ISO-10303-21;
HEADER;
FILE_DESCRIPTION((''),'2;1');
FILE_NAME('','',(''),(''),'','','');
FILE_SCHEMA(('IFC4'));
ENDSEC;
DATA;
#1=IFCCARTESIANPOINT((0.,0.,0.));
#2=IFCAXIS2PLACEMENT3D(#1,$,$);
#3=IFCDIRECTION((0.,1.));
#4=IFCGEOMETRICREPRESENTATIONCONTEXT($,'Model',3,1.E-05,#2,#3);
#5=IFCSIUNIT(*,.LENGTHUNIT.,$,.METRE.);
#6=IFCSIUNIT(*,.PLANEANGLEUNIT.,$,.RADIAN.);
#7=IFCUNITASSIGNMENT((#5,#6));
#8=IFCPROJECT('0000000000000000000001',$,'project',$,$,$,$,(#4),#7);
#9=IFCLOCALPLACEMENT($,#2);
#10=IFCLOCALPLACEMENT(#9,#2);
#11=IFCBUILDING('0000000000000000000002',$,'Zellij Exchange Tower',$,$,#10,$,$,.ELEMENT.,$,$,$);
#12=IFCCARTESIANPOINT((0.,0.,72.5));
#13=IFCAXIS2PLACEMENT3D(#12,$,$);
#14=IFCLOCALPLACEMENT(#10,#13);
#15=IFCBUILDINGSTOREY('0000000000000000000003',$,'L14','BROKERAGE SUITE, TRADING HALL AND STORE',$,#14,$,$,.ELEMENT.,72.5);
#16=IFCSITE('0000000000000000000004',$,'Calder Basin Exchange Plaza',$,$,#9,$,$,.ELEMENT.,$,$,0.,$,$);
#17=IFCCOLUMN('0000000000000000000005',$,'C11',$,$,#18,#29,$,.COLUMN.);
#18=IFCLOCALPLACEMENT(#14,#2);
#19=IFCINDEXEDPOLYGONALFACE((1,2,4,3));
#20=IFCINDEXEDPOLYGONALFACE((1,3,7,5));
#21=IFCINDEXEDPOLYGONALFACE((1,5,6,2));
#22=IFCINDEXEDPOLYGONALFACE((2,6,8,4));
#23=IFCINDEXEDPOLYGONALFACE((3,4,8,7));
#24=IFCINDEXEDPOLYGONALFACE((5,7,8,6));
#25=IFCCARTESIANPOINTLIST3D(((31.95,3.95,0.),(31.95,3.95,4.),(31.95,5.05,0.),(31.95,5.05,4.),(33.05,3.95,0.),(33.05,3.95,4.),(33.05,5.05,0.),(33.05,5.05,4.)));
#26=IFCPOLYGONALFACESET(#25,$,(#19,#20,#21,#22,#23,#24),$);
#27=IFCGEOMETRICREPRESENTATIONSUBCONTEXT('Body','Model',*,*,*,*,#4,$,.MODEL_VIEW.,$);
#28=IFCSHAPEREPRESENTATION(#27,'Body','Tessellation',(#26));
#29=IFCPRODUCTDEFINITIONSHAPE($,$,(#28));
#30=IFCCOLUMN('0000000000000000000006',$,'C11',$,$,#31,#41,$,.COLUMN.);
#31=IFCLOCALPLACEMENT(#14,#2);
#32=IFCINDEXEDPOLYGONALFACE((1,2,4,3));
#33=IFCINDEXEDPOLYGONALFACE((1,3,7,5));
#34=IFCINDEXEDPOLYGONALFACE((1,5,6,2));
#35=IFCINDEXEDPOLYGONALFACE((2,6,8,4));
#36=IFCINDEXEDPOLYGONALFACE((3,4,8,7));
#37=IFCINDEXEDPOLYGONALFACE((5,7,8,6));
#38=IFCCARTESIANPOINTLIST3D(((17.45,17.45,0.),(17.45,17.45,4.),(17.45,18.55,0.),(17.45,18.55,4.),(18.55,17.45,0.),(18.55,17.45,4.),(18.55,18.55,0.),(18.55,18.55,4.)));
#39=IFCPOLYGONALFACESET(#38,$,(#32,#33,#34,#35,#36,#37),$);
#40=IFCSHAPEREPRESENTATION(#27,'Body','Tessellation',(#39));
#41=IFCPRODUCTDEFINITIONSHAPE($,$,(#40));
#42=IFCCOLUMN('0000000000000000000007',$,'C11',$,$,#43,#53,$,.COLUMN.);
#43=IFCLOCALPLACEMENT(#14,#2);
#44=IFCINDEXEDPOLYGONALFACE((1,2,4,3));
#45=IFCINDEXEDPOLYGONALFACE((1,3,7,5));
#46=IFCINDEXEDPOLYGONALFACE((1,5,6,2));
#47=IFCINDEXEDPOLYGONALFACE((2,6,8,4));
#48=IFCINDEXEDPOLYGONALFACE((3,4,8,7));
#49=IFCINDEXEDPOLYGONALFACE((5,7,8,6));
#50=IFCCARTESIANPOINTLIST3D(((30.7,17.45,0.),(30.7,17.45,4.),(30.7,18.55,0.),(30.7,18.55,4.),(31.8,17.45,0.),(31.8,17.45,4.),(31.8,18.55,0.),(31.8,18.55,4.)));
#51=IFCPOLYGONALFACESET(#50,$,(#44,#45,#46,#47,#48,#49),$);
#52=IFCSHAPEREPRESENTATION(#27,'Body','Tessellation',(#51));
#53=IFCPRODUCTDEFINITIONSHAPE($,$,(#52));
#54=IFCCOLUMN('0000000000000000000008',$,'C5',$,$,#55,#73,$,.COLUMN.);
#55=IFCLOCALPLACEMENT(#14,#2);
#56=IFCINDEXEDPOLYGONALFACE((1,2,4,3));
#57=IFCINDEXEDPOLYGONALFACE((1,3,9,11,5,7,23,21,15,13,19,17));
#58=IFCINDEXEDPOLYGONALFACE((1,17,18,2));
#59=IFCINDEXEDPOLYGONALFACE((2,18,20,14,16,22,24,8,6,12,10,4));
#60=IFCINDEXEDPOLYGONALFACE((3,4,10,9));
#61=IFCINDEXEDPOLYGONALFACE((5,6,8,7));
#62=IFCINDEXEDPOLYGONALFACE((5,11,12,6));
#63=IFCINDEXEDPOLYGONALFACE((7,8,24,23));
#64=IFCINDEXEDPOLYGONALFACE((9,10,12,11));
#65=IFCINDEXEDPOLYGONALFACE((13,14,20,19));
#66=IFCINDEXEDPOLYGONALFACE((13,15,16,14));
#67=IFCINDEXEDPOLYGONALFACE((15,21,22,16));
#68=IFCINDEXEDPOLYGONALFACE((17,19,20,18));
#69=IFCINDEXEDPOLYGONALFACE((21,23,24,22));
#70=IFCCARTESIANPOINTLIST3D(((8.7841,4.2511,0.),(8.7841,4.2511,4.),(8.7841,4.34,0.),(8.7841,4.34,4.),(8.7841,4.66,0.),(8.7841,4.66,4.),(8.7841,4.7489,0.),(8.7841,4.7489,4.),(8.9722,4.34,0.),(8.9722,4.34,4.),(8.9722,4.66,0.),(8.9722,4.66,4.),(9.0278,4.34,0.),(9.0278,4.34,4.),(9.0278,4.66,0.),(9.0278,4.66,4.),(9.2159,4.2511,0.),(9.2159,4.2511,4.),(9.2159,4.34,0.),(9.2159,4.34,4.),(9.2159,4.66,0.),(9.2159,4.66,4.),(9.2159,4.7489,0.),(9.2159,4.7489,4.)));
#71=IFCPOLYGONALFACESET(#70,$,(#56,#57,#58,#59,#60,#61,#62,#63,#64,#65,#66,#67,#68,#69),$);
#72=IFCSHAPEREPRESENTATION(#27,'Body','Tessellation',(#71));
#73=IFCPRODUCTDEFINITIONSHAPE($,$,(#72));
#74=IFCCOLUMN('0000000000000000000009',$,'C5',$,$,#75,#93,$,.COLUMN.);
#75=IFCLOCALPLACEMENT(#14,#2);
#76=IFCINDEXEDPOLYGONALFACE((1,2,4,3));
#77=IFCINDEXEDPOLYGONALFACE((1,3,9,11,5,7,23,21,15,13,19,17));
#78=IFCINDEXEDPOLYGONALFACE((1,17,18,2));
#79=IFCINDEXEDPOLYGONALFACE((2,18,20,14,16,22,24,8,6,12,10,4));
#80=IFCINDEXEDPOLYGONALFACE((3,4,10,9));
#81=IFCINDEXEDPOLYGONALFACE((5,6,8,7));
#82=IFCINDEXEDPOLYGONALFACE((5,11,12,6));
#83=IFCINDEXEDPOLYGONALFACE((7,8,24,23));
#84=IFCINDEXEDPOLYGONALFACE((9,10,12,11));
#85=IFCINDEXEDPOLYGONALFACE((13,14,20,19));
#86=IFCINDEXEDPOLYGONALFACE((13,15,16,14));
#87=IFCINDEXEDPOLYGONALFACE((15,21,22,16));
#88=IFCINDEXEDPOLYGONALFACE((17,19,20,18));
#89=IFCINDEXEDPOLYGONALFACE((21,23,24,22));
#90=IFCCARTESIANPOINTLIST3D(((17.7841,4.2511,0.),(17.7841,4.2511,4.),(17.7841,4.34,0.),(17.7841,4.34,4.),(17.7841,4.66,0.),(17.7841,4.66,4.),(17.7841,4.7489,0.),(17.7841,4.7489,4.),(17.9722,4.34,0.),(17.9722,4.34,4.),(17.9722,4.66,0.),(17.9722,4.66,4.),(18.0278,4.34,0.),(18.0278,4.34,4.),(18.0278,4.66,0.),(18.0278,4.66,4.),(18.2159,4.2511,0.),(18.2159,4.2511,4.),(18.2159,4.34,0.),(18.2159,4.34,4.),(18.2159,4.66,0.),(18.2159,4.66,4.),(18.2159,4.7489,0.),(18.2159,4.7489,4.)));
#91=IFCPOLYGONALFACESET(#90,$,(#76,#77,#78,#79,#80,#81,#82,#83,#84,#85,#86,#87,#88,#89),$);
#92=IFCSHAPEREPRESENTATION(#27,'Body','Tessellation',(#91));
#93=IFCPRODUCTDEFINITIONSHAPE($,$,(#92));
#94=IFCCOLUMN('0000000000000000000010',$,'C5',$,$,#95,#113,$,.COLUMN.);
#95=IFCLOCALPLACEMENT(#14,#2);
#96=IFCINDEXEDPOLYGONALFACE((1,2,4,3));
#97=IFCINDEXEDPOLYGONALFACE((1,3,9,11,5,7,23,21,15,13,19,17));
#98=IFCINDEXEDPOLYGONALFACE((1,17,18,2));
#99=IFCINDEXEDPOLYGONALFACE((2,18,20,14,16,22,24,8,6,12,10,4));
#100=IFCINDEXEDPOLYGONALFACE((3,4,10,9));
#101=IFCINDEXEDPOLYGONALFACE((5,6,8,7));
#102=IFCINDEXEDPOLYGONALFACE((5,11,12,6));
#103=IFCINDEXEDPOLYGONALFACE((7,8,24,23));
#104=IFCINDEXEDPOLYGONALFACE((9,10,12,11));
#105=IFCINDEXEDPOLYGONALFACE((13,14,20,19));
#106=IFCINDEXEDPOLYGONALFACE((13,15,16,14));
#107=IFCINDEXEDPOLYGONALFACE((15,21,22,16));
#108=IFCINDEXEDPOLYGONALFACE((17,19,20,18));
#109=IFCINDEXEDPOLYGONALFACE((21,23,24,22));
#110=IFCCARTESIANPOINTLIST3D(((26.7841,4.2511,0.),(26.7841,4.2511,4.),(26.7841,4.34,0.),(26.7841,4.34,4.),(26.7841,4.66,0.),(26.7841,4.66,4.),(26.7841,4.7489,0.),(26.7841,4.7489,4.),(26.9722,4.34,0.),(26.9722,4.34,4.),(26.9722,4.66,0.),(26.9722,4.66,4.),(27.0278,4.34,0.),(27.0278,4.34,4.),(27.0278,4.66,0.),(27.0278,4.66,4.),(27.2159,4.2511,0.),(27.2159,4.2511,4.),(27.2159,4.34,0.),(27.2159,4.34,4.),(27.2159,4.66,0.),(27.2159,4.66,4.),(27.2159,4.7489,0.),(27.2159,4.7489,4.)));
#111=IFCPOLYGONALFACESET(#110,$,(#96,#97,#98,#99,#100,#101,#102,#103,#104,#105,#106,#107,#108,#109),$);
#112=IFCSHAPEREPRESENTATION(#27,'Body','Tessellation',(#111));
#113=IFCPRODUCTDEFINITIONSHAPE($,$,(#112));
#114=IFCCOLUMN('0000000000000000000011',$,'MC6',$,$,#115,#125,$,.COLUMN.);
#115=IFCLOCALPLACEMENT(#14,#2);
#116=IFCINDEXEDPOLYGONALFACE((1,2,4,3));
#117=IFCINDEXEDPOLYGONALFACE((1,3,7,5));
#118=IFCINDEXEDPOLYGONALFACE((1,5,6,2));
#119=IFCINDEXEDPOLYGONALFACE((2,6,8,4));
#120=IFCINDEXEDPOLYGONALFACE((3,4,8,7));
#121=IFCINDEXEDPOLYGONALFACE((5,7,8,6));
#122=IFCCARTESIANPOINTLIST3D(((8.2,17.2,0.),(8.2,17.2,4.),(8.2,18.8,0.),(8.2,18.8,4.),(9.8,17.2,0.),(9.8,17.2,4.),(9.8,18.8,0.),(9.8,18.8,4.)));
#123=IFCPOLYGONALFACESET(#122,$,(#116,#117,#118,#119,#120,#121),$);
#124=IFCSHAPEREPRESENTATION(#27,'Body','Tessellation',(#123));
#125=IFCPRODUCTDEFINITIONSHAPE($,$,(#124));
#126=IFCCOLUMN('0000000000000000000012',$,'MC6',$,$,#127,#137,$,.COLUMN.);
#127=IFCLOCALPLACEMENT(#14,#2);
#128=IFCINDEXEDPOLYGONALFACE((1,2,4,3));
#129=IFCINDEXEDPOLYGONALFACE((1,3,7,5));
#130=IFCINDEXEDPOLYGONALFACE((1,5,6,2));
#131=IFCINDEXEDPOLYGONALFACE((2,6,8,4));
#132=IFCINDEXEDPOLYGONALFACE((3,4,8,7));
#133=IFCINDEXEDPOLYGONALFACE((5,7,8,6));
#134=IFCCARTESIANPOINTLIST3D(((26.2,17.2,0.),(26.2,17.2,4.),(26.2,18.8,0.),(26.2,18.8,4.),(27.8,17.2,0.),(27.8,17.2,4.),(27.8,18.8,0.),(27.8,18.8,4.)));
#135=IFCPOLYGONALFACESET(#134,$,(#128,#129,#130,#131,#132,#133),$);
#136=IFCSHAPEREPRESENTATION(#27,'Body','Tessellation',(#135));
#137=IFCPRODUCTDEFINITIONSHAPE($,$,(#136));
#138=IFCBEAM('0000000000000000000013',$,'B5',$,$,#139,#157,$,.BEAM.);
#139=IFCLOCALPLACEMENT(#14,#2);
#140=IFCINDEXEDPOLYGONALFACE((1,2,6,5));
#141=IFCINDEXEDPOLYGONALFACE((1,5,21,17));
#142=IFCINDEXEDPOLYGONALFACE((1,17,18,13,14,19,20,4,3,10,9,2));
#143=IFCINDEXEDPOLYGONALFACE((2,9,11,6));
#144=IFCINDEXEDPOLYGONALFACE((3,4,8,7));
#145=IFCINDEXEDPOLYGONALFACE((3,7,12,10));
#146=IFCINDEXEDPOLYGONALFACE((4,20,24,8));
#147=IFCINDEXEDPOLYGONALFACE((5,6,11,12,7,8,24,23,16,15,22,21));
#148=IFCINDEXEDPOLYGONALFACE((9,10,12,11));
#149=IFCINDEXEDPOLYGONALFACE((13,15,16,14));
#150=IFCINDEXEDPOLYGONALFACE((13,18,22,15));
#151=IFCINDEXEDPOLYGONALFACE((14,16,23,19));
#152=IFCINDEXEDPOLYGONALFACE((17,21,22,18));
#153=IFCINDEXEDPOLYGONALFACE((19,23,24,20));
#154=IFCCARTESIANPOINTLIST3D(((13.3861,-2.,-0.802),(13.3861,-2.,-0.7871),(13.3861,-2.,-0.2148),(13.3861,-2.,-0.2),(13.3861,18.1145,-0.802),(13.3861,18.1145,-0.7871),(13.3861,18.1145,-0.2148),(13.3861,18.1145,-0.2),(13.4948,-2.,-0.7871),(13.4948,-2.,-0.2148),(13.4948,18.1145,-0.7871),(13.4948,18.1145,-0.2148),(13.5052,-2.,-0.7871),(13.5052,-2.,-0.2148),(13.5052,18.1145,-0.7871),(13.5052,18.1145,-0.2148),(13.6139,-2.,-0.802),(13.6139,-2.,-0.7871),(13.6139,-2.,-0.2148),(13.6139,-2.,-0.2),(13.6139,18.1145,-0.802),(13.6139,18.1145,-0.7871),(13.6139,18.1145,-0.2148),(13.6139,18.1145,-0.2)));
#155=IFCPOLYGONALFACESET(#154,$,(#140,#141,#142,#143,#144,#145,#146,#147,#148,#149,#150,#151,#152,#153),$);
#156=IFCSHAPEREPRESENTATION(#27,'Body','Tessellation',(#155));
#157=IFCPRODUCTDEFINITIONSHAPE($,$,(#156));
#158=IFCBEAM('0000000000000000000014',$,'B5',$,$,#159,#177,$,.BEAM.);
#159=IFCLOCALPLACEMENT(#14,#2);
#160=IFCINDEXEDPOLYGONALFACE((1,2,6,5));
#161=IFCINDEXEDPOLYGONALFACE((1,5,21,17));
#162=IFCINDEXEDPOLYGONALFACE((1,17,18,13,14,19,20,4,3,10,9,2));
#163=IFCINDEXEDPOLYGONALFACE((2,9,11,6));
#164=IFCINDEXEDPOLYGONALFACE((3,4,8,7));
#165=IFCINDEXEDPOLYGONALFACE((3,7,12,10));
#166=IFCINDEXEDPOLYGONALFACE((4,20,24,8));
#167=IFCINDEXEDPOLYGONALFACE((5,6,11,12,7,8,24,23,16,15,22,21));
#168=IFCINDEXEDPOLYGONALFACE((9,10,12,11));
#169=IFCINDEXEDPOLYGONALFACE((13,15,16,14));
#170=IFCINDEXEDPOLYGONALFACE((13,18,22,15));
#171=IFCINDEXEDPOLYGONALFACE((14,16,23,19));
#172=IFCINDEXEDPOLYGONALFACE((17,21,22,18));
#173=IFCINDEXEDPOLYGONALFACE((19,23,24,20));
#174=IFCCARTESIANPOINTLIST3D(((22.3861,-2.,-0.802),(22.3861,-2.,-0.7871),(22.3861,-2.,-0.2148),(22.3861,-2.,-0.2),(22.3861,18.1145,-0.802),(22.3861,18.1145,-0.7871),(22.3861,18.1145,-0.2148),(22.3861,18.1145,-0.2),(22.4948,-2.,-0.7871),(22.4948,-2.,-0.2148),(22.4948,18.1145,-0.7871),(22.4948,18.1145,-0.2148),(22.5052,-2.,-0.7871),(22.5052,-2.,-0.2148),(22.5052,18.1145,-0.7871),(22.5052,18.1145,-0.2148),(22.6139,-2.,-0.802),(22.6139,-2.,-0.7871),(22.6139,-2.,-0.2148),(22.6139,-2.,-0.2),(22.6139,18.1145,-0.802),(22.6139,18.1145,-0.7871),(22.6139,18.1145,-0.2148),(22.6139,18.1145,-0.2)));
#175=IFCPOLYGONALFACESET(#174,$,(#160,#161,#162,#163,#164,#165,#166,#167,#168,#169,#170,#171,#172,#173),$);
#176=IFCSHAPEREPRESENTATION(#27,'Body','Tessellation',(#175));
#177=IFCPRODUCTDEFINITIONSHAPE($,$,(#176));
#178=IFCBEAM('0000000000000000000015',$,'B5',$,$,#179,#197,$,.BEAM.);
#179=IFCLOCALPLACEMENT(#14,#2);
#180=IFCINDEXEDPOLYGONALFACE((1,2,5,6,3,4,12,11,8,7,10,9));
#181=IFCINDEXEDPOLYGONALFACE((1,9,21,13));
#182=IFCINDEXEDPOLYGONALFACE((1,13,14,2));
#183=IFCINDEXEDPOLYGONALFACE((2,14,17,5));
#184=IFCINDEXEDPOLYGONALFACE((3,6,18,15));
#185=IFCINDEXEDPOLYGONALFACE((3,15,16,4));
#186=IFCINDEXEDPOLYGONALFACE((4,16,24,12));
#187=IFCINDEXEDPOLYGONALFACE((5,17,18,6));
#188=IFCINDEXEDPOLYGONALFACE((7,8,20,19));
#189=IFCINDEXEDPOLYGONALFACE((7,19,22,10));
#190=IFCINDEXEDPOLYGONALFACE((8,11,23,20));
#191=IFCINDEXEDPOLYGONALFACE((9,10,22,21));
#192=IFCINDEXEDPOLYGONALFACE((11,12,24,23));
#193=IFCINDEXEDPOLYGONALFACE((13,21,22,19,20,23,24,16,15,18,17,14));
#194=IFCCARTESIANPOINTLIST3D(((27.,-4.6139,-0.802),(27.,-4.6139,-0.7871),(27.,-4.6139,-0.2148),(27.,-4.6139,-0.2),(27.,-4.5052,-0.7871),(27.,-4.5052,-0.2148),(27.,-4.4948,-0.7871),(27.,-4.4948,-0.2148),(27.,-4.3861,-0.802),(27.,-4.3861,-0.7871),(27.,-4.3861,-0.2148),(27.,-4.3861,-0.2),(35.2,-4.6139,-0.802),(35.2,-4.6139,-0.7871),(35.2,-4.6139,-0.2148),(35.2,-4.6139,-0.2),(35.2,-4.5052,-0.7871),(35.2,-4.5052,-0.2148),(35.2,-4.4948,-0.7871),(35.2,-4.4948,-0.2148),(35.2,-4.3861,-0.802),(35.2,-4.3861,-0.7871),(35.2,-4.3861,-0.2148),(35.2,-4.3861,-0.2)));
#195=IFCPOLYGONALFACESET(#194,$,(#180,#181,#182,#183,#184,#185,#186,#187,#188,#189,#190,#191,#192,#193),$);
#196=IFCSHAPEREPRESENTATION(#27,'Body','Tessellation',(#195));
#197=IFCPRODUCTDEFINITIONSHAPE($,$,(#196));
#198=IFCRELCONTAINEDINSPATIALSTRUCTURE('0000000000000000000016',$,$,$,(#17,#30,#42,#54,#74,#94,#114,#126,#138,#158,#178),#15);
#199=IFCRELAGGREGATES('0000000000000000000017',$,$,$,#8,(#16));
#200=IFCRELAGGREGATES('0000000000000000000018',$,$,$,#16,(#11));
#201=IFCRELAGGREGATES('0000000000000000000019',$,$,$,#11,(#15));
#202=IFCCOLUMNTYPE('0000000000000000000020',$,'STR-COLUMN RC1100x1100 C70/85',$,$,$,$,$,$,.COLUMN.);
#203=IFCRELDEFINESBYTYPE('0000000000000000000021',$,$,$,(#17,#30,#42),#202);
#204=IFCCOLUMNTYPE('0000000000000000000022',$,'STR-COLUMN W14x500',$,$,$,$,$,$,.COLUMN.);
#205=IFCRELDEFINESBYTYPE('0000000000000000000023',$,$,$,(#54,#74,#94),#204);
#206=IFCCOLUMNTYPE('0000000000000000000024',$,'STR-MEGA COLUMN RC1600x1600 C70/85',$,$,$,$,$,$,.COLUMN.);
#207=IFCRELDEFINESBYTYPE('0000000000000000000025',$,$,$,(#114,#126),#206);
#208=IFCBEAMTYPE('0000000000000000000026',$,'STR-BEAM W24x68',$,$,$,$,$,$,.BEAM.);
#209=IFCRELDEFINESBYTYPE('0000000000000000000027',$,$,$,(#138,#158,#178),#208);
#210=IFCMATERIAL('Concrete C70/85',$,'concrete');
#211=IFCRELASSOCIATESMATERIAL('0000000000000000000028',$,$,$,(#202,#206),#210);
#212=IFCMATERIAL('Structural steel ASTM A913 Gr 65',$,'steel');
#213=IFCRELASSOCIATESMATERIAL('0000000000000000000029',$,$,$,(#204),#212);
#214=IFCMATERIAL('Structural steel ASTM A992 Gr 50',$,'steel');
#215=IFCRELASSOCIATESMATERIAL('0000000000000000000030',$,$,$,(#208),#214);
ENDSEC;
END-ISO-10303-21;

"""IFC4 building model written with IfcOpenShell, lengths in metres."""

from ifc_helpers import new_model, si_unit, direction, frame, origin, origin_2d, place, context, subcontext, project, spatial, rectangle, i_section, extrude, material, material_profile, profile_set, type_object, element, save


model = new_model("IFC4")

# Units and contexts
model_context = context("Model", 3, precision=1e-05, world=origin(), true_north=direction((0.0, 1.0)))
body_context = subcontext(model_context, "Body", "Model", "MODEL_VIEW")
ifc_project = project(units=[si_unit("LENGTHUNIT", "METRE"), si_unit("PLANEANGLEUNIT", "RADIAN")], contexts=[model_context])

# Site, building, storey
site_placement = place(None, origin())
site = spatial("IfcSite", under=ifc_project, at=site_placement, Name="Calder Basin Exchange Plaza", CompositionType="ELEMENT", RefElevation=0.0)
building_placement = place(site_placement, origin())
building = spatial("IfcBuilding", under=site, at=building_placement, Name="Zellij Exchange Tower", CompositionType="ELEMENT")
storey_placement = place(building_placement, frame((0.0, 0.0, 72.5)))
storey = spatial("IfcBuildingStorey", under=building, at=storey_placement, Name="L14", Description="BROKERAGE SUITE, TRADING HALL AND STORE", CompositionType="ELEMENT", Elevation=72.5)

# Columns
ifc_material_1 = material(Name="Concrete C70/85", Category="concrete")
ifc_material_profile_1 = material_profile(ifc_material_1, rectangle(XDim=1.1001, YDim=1.1001, at=origin_2d()), Name="STR-COLUMN RC1100x1100 C70/85")
ifc_profile_set_1 = profile_set([ifc_material_profile_1], Name="Concrete C70/85")
column_type_1 = type_object("IfcColumnType", Name="STR-COLUMN RC1100x1100 C70/85", PredefinedType="COLUMN", material=ifc_profile_set_1)
for number, where, z_axis, x_axis, name in (
    (1, (32.5, 4.5, 0.0), (0.0, 0.0, 1.0), (1.0, 0.0, 0.0), "C11"),
    (2, (18.0, 18.0, 0.0), (0.0, 0.0, 1.0), (1.0, 0.0, 0.0), "C11"),
    (3, (31.25, 18.0, 0.0), (0.0, 0.0, 1.0), (1.0, 0.0, 0.0), "C11"),
):
    element("IfcColumn", number, at=place(storey_placement, frame(where, z_axis=z_axis, x_axis=x_axis)), inside=storey, type_object=column_type_1, Name=name, PredefinedType="COLUMN", context=body_context, shape_type="SweptSolid", body=[
        extrude(rectangle(XDim=1.1001, YDim=1.1001, at=origin_2d()), origin(), (0.0, 0.0, 1.0), 4.0),
    ])
ifc_material_2 = material(Name="Structural steel ASTM A913 Gr 65", Category="steel")
ifc_material_profile_2 = material_profile(ifc_material_2, i_section(OverallWidth=0.4319, OverallDepth=0.4978, WebThickness=0.0557, FlangeThickness=0.0889, at=origin_2d()), Name="W14x500")
ifc_profile_set_2 = profile_set([ifc_material_profile_2], Name="Structural steel ASTM A913 Gr 65")
column_type_2 = type_object("IfcColumnType", Name="STR-COLUMN W14x500", PredefinedType="COLUMN", material=ifc_profile_set_2)
for number, where, z_axis, x_axis, name in (
    (4, (9.0, 4.5, 0.0), (0.0, 0.0, 1.0), (1.0, 0.0, 0.0), "C5"),
    (5, (18.0, 4.5, 0.0), (0.0, 0.0, 1.0), (1.0, 0.0, 0.0), "C5"),
    (6, (27.0, 4.5, 0.0), (0.0, 0.0, 1.0), (1.0, 0.0, 0.0), "C5"),
):
    element("IfcColumn", number, at=place(storey_placement, frame(where, z_axis=z_axis, x_axis=x_axis)), inside=storey, type_object=column_type_2, Name=name, PredefinedType="COLUMN", context=body_context, shape_type="SweptSolid", body=[
        extrude(i_section(OverallWidth=0.4319, OverallDepth=0.4978, WebThickness=0.0557, FlangeThickness=0.0889, at=origin_2d()), origin(), (0.0, 0.0, 1.0), 4.0),
    ])
ifc_material_profile_3 = material_profile(ifc_material_1, rectangle(XDim=1.6001, YDim=1.6001, at=origin_2d()), Name="STR-MEGA COLUMN RC1600x1600 C70/85")
ifc_profile_set_3 = profile_set([ifc_material_profile_3], Name="Concrete C70/85")
column_type_3 = type_object("IfcColumnType", Name="STR-MEGA COLUMN RC1600x1600 C70/85", PredefinedType="COLUMN", material=ifc_profile_set_3)
for number, where, z_axis, x_axis, name in (
    (7, (9.0, 18.0, 0.0), (0.0, 0.0, 1.0), (1.0, 0.0, 0.0), "MC6"),
    (8, (27.0, 18.0, 0.0), (0.0, 0.0, 1.0), (1.0, 0.0, 0.0), "MC6"),
):
    element("IfcColumn", number, at=place(storey_placement, frame(where, z_axis=z_axis, x_axis=x_axis)), inside=storey, type_object=column_type_3, Name=name, PredefinedType="COLUMN", context=body_context, shape_type="SweptSolid", body=[
        extrude(rectangle(XDim=1.6001, YDim=1.6001, at=origin_2d()), origin(), (0.0, 0.0, 1.0), 4.0),
    ])

# Beams
ifc_material_3 = material(Name="Structural steel ASTM A992 Gr 50", Category="steel")
ifc_material_profile_4 = material_profile(ifc_material_3, i_section(OverallWidth=0.2278, OverallDepth=0.6021, WebThickness=0.0105, FlangeThickness=0.0149, at=origin_2d()), Name="W24x68")
ifc_profile_set_4 = profile_set([ifc_material_profile_4], Name="Structural steel ASTM A992 Gr 50")
beam_type_1 = type_object("IfcBeamType", Name="STR-BEAM W24x68", PredefinedType="BEAM", material=ifc_profile_set_4)
for number, where, z_axis, x_axis, name in (
    (9, (13.5, -2.0, -0.501), (0.0, 1.0, 0.0), (-1.0, 0.0, 0.0), "B5"),
    (10, (22.5, -2.0, -0.501), (0.0, 1.0, 0.0), (-1.0, 0.0, 0.0), "B5"),
):
    element("IfcBeam", number, at=place(storey_placement, frame(where, z_axis=z_axis, x_axis=x_axis)), inside=storey, type_object=beam_type_1, Name=name, PredefinedType="BEAM", context=body_context, shape_type="SweptSolid", body=[
        extrude(i_section(OverallWidth=0.2278, OverallDepth=0.6021, WebThickness=0.0105, FlangeThickness=0.0149, at=origin_2d()), origin(), (0.0, 0.0, 1.0), 20.1145),
    ])
for number, where, z_axis, x_axis, name in (
    (11, (27.0, -4.5, -0.501), (1.0, 0.0, 0.0), (0.0, 1.0, 0.0), "B5"),
):
    element("IfcBeam", number, at=place(storey_placement, frame(where, z_axis=z_axis, x_axis=x_axis)), inside=storey, type_object=beam_type_1, Name=name, PredefinedType="BEAM", context=body_context, shape_type="SweptSolid", body=[
        extrude(i_section(OverallWidth=0.2278, OverallDepth=0.6021, WebThickness=0.0105, FlangeThickness=0.0149, at=origin_2d()), origin(), (0.0, 0.0, 1.0), 8.2),
    ])

save(model, "model.ifc")
